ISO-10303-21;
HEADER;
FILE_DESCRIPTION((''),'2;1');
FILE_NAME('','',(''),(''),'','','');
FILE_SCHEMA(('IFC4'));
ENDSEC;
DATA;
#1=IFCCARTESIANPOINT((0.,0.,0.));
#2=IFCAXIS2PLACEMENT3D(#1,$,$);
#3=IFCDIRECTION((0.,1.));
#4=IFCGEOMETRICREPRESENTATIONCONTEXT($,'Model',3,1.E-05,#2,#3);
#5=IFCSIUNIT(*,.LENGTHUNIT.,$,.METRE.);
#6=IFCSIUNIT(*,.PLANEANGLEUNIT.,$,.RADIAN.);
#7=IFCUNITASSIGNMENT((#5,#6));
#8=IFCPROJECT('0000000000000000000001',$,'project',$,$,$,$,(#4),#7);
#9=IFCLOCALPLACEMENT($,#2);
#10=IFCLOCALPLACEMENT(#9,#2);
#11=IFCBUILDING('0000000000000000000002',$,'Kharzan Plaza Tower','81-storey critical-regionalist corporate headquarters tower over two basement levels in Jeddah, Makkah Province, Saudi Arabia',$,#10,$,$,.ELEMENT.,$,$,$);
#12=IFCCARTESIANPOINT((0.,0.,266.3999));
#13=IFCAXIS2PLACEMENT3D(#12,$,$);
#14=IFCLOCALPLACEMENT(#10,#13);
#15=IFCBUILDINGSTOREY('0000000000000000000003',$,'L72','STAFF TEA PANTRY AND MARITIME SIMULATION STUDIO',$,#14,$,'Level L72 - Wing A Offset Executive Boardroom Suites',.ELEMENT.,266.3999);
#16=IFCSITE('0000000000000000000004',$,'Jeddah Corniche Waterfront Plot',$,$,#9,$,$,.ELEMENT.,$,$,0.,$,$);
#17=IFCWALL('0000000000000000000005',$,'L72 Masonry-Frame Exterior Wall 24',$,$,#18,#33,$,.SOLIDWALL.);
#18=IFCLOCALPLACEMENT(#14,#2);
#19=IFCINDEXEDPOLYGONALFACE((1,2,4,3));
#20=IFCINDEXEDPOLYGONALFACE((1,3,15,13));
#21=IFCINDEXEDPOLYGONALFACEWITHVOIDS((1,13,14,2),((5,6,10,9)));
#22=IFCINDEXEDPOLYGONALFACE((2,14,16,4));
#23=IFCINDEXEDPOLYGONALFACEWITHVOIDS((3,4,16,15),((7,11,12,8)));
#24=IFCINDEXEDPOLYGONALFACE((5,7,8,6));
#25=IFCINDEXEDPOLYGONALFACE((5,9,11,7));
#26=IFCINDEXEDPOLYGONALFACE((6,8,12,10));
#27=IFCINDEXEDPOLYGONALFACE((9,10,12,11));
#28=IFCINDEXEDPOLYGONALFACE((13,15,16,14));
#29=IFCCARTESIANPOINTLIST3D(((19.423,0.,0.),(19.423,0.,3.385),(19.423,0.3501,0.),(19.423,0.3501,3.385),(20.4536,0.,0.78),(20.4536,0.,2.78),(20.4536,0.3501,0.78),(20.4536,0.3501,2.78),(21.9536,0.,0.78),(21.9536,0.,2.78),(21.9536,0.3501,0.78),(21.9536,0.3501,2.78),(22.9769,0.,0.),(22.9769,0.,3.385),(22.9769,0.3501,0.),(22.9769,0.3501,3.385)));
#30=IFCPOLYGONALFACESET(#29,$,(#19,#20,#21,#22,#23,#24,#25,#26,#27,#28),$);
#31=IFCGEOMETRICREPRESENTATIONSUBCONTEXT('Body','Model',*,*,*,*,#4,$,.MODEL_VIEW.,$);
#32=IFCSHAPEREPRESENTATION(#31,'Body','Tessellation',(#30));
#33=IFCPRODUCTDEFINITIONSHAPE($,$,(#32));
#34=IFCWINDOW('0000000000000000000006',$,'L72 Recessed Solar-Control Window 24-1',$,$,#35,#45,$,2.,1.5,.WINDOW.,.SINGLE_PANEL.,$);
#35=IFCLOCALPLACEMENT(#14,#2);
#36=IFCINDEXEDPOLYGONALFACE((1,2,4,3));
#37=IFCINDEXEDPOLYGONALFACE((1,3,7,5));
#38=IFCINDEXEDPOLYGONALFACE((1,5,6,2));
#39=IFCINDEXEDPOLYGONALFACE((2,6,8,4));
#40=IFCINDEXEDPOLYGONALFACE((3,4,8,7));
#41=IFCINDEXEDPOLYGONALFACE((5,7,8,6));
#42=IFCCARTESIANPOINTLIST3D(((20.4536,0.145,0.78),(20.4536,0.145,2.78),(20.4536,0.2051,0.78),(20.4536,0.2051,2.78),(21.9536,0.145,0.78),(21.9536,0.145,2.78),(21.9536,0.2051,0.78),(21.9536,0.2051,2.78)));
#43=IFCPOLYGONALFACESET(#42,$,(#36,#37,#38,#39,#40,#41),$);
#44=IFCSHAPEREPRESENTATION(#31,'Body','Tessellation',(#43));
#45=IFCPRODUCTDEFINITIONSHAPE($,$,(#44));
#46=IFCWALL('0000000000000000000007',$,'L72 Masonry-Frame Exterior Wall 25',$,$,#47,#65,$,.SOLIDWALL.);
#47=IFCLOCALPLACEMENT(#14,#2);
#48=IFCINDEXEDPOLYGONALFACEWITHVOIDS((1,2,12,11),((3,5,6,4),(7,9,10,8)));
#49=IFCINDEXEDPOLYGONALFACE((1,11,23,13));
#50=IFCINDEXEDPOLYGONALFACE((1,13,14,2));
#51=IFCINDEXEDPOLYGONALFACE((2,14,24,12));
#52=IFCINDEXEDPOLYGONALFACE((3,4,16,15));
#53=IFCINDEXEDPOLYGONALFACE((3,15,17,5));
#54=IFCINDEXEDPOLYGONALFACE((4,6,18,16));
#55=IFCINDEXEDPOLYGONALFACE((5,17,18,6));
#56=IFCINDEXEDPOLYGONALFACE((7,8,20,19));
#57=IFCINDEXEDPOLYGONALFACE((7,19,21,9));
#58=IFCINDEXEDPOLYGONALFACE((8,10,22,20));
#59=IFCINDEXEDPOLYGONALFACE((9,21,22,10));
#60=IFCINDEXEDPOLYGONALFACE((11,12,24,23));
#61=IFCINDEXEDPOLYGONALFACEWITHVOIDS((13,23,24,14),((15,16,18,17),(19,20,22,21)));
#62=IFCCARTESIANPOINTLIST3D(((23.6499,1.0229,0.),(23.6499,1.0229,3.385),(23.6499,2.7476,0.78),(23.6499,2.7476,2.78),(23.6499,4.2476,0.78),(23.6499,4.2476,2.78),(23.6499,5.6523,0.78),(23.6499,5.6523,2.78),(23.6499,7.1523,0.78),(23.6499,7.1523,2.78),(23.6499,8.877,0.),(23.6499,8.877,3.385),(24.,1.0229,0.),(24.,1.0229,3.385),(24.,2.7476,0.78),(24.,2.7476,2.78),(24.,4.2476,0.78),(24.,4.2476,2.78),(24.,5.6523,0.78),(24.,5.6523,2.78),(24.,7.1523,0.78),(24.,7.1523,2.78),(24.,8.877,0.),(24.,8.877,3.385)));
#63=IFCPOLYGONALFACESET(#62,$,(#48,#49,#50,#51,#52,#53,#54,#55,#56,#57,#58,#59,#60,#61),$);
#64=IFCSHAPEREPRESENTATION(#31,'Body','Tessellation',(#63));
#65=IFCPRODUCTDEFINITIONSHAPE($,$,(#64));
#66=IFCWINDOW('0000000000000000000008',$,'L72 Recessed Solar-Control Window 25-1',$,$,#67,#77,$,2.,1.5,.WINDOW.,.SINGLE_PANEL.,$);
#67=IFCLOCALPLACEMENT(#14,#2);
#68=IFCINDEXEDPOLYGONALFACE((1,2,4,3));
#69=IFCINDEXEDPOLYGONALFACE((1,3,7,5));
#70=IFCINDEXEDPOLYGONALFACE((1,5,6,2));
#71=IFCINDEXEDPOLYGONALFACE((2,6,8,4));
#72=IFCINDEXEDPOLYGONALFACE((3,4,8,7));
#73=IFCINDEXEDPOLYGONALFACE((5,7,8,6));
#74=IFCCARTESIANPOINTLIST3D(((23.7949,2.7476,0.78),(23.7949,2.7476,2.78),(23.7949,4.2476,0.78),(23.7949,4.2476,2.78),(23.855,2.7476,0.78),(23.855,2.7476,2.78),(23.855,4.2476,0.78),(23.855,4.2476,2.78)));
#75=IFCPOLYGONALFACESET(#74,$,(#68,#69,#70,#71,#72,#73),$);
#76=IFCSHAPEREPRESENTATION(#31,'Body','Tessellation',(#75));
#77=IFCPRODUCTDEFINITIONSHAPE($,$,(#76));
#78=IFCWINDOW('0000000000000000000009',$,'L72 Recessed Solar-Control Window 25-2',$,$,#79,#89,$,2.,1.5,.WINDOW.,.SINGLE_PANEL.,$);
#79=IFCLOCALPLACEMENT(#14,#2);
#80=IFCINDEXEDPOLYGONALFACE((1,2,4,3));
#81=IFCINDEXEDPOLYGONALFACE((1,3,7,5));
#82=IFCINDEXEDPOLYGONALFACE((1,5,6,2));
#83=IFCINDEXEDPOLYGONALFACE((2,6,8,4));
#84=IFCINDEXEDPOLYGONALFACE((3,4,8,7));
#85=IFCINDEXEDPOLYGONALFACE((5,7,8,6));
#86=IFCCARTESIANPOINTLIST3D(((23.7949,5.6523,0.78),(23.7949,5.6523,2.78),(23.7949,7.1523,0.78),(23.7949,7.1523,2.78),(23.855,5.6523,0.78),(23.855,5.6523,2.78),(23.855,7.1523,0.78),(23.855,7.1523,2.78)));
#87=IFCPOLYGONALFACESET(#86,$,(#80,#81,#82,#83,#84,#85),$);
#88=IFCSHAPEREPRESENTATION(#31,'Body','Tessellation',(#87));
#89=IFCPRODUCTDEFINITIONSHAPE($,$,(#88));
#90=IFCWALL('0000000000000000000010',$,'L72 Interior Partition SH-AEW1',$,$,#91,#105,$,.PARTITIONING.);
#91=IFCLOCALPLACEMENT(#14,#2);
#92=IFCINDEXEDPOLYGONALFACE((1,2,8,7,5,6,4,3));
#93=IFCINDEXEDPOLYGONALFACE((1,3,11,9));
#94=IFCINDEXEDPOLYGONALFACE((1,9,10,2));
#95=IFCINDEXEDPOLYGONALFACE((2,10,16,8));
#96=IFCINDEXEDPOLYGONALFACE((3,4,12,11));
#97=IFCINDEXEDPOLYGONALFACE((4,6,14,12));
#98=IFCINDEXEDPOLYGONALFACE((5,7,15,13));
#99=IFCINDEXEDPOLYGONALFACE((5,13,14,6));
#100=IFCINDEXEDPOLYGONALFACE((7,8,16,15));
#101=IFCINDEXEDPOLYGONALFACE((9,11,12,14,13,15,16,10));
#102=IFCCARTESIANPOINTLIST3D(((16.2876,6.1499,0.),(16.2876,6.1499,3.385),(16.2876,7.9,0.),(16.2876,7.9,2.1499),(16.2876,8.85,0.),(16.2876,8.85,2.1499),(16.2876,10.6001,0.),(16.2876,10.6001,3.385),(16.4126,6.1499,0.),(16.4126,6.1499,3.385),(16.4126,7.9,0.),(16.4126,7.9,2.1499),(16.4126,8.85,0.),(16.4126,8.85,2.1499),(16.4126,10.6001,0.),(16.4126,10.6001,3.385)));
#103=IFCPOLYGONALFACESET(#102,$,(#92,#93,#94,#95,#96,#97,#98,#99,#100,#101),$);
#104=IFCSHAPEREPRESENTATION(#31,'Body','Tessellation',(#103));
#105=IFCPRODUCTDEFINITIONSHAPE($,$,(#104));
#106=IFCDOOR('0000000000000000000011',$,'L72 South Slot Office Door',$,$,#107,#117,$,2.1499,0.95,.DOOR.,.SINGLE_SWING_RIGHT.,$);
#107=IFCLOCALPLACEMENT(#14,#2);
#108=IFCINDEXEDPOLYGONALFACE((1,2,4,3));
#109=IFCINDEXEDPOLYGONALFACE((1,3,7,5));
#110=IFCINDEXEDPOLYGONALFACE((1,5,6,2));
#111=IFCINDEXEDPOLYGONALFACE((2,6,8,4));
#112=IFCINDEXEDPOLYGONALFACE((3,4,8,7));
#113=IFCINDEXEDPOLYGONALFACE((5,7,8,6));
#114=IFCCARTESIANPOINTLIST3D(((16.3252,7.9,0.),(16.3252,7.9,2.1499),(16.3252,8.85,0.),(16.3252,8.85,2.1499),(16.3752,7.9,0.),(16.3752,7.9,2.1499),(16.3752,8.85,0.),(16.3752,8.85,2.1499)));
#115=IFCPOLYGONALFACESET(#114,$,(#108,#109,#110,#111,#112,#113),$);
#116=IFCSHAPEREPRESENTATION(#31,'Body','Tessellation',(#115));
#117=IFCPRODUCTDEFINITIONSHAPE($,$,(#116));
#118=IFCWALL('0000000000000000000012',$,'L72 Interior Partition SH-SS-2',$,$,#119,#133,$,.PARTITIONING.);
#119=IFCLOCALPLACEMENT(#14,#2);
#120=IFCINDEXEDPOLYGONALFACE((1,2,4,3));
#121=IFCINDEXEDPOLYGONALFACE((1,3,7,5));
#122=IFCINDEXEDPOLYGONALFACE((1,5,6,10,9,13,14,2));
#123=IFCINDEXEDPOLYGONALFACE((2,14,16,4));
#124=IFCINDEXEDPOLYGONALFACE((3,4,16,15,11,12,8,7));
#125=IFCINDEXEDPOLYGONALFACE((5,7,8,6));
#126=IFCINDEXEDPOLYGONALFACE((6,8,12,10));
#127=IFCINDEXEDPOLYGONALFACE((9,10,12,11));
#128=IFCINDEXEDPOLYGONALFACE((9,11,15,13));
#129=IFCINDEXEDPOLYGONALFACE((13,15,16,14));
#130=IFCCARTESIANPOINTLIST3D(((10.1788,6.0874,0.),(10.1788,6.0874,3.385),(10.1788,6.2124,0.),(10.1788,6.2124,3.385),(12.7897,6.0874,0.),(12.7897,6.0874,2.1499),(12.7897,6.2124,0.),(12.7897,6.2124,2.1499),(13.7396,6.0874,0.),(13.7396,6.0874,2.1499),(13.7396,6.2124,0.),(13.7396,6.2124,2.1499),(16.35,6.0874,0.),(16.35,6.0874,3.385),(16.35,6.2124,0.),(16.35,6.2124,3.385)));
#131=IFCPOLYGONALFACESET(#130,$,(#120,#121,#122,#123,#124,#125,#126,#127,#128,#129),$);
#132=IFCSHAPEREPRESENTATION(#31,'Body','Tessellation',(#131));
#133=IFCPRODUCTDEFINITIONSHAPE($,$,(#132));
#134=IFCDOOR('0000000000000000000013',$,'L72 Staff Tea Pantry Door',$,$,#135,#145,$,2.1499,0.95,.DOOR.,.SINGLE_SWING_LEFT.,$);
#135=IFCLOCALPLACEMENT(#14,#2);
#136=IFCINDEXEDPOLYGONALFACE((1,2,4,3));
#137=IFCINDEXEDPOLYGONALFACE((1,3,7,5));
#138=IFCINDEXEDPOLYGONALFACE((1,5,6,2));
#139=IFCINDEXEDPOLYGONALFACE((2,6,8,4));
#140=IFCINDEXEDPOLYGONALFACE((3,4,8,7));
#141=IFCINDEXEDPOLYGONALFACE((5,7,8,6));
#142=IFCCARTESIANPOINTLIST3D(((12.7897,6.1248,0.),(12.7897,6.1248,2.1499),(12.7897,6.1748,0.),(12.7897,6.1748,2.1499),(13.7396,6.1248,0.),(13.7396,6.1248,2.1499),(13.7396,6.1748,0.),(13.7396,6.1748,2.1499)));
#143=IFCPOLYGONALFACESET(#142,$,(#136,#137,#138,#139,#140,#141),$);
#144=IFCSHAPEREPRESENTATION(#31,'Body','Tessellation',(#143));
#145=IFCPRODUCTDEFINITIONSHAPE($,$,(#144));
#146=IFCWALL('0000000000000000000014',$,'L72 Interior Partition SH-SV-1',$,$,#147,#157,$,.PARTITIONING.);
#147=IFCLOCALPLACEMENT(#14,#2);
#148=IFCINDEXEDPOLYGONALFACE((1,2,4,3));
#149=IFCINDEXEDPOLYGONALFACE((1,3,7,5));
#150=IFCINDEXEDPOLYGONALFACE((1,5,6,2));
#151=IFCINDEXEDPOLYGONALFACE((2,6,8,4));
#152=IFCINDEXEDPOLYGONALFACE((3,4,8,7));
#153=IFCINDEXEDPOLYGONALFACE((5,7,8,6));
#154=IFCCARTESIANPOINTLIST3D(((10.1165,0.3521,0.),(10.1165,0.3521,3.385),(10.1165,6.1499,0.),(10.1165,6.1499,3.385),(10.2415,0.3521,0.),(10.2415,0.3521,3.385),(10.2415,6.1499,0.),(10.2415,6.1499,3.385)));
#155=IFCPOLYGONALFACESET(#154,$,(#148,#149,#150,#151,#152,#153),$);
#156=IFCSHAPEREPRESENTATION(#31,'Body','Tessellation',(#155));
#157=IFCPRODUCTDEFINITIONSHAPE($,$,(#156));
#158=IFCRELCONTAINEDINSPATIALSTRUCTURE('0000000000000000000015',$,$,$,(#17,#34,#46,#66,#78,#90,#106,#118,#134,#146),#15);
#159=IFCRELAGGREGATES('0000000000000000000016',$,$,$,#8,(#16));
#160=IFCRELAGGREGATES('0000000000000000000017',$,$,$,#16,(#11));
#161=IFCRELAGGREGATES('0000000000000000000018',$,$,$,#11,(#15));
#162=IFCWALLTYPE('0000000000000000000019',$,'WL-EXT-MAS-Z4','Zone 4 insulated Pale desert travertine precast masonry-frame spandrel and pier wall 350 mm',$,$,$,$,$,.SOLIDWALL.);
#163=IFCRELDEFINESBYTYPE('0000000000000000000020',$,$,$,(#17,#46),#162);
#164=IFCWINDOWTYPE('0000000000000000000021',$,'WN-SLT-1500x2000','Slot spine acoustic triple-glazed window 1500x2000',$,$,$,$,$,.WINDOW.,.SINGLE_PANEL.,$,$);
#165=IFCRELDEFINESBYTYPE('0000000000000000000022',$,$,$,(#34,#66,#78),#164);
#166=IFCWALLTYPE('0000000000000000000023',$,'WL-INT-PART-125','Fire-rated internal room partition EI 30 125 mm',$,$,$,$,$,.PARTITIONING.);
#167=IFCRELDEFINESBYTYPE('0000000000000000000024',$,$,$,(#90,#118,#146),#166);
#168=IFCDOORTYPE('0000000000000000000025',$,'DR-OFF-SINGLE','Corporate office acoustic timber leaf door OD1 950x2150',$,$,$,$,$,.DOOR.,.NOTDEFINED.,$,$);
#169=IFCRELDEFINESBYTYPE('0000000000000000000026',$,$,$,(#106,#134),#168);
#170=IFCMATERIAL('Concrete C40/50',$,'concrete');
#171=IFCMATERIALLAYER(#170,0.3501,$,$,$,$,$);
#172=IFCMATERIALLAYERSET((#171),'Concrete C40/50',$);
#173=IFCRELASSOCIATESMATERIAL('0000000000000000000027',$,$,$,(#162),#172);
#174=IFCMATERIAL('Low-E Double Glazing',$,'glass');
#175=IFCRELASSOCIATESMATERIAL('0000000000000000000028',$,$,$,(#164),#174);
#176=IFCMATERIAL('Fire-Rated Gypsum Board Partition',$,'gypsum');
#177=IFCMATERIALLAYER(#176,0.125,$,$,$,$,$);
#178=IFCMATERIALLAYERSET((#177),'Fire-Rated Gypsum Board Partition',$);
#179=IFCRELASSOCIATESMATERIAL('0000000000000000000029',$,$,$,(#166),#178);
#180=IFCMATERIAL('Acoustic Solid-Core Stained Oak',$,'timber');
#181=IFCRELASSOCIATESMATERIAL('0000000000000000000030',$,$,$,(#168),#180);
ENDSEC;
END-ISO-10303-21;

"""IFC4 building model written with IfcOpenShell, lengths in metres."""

from ifc_helpers import new_model, si_unit, direction, frame, frame_2d, origin, place, context, subcontext, project, spatial, rectangle, extrude, source, transform, mapped, material, layer, layer_set, type_object, element, fill, save


model = new_model("IFC4")

# Units and contexts
model_context = context("Model", 3, precision=1e-05, world=origin(), true_north=direction((0.0, 1.0)))
body_context = subcontext(model_context, "Body", "Model", "MODEL_VIEW")
ifc_project = project(units=[si_unit("LENGTHUNIT", "METRE"), si_unit("PLANEANGLEUNIT", "RADIAN")], contexts=[model_context])

# Site, building, storey
site_placement = place(None, origin())
site = spatial("IfcSite", under=ifc_project, at=site_placement, Name="Jeddah Corniche Waterfront Plot", CompositionType="ELEMENT", RefElevation=0.0)
building_placement = place(site_placement, origin())
building = spatial("IfcBuilding", under=site, at=building_placement, Name="Kharzan Plaza Tower", Description="81-storey critical-regionalist corporate headquarters tower over two basement levels in Jeddah, Makkah Province, Saudi Arabia", CompositionType="ELEMENT")
storey_placement = place(building_placement, frame((0.0, 0.0, 266.3999)))
storey = spatial("IfcBuildingStorey", under=building, at=storey_placement, Name="L72", Description="STAFF TEA PANTRY AND MARITIME SIMULATION STUDIO", LongName="Level L72 - Wing A Offset Executive Boardroom Suites", CompositionType="ELEMENT", Elevation=266.3999)

# Wall, opening, window
ifc_material_1 = material(Name="Concrete C40/50", Category="concrete")
ifc_layer_1 = layer(ifc_material_1, 0.3501)
ifc_layer_set_1 = layer_set([ifc_layer_1], Name="Concrete C40/50")
wall_type_1 = type_object("IfcWallType", Name="WL-EXT-MAS-Z4", Description="Zone 4 insulated Pale desert travertine precast masonry-frame spandrel and pier wall 350 mm", PredefinedType="SOLIDWALL", material=ifc_layer_set_1)
ifc_material_2 = material(Name="Low-E Double Glazing", Category="glass")
wall_1_placement = place(storey_placement, frame((19.4231, 0.175, 0.0), z_axis=(0.0, 0.0, 1.0), x_axis=(1.0, 0.0, 0.0)))
wall_1 = element("IfcWall", 1, at=wall_1_placement, inside=storey, type_object=wall_type_1, Name="L72 Masonry-Frame Exterior Wall 24", PredefinedType="SOLIDWALL", context=body_context, shape_type="SweptSolid", body=[
    extrude(rectangle(XDim=3.554, YDim=0.3501, at=frame_2d((1.7769, 0.0))), origin(), (0.0, 0.0, 1.0), 3.385),
])
opening_1_placement = place(wall_1_placement, frame((1.0305, 0.0, 0.78)))
opening_1 = element("IfcOpeningElement", 2, at=opening_1_placement, cuts=wall_1, PredefinedType="OPENING", context=body_context, shape_type="SweptSolid", body=[
    extrude(rectangle(XDim=1.5, YDim=2.0, at=frame_2d((0.75, 1.0))), frame((0.0, 0.1851, 0.0), z_axis=(0.0, -1.0, 0.0), x_axis=(1.0, 0.0, 0.0)), (0.0, 0.0, 1.0), 0.3701),
])
window_type_1 = type_object("IfcWindowType", Name="WN-SLT-1500x2000", Description="Slot spine acoustic triple-glazed window 1500x2000", PartitioningType="SINGLE_PANEL", PredefinedType="WINDOW", material=ifc_material_2)
shared_shape_1 = source(origin(), body_context, "Body", "SweptSolid", [
    extrude(rectangle(XDim=1.5, YDim=2.0, at=frame_2d((0.75, 1.0))), frame((0.0, 0.03, 0.0), z_axis=(0.0, -1.0, 0.0), x_axis=(1.0, 0.0, 0.0)), (0.0, 0.0, 1.0), 0.0601),
])
window_1_placement = place(opening_1_placement, origin())
window_1 = element("IfcWindow", 3, at=window_1_placement, inside=storey, type_object=window_type_1, Name="L72 Recessed Solar-Control Window 24-1", OverallHeight=2.0, OverallWidth=1.5, PartitioningType="SINGLE_PANEL", PredefinedType="WINDOW", context=body_context, shape_type="MappedRepresentation", body=[
    mapped(shared_shape_1, transform((0.0, 0.0, 0.0), x_axis=(1.0, 0.0, 0.0), y_axis=(0.0, 1.0, 0.0), z_axis=(0.0, 0.0, 1.0))),
])
fill(opening_1, window_1)

# Wall, openings, windows
wall_2_placement = place(storey_placement, frame((23.825, 1.0229, 0.0), z_axis=(0.0, 0.0, 1.0), x_axis=(0.0, 1.0, 0.0)))
wall_2 = element("IfcWall", 4, at=wall_2_placement, inside=storey, type_object=wall_type_1, Name="L72 Masonry-Frame Exterior Wall 25", PredefinedType="SOLIDWALL", context=body_context, shape_type="SweptSolid", body=[
    extrude(rectangle(XDim=7.854, YDim=0.3501, at=frame_2d((3.927, 0.0))), origin(), (0.0, 0.0, 1.0), 3.385),
])
opening_2_placement = place(wall_2_placement, frame((1.7246, 0.0, 0.78)))
opening_2 = element("IfcOpeningElement", 5, at=opening_2_placement, cuts=wall_2, PredefinedType="OPENING", context=body_context, shape_type="SweptSolid", body=[
    extrude(rectangle(XDim=1.5, YDim=2.0, at=frame_2d((0.75, 1.0))), frame((0.0, 0.1851, 0.0), z_axis=(0.0, -1.0, 0.0), x_axis=(1.0, 0.0, 0.0)), (0.0, 0.0, 1.0), 0.3701),
])
opening_3_placement = place(wall_2_placement, frame((4.6294, 0.0, 0.78)))
opening_3 = element("IfcOpeningElement", 6, at=opening_3_placement, cuts=wall_2, PredefinedType="OPENING", context=body_context, shape_type="SweptSolid", body=[
    extrude(rectangle(XDim=1.5, YDim=2.0, at=frame_2d((0.75, 1.0))), frame((0.0, 0.1851, 0.0), z_axis=(0.0, -1.0, 0.0), x_axis=(1.0, 0.0, 0.0)), (0.0, 0.0, 1.0), 0.3701),
])
window_2_placement = place(opening_2_placement, origin())
window_2 = element("IfcWindow", 7, at=window_2_placement, inside=storey, type_object=window_type_1, Name="L72 Recessed Solar-Control Window 25-1", OverallHeight=2.0, OverallWidth=1.5, PartitioningType="SINGLE_PANEL", PredefinedType="WINDOW", context=body_context, shape_type="MappedRepresentation", body=[
    mapped(shared_shape_1, transform((0.0, 0.0, 0.0), x_axis=(1.0, 0.0, 0.0), y_axis=(0.0, 1.0, 0.0), z_axis=(0.0, 0.0, 1.0))),
])
fill(opening_2, window_2)
window_3_placement = place(opening_3_placement, origin())
window_3 = element("IfcWindow", 8, at=window_3_placement, inside=storey, type_object=window_type_1, Name="L72 Recessed Solar-Control Window 25-2", OverallHeight=2.0, OverallWidth=1.5, PartitioningType="SINGLE_PANEL", PredefinedType="WINDOW", context=body_context, shape_type="MappedRepresentation", body=[
    mapped(shared_shape_1, transform((0.0, 0.0, 0.0), x_axis=(1.0, 0.0, 0.0), y_axis=(0.0, 1.0, 0.0), z_axis=(0.0, 0.0, 1.0))),
])
fill(opening_3, window_3)

# Walls, openings, doors
ifc_material_3 = material(Name="Fire-Rated Gypsum Board Partition", Category="gypsum")
ifc_layer_2 = layer(ifc_material_3, 0.125)
ifc_layer_set_2 = layer_set([ifc_layer_2], Name="Fire-Rated Gypsum Board Partition")
wall_type_2 = type_object("IfcWallType", Name="WL-INT-PART-125", Description="Fire-rated internal room partition EI 30 125 mm", PredefinedType="PARTITIONING", material=ifc_layer_set_2)
wall_3_placement = place(storey_placement, frame((16.3501, 6.1499, 0.0), z_axis=(0.0, 0.0, 1.0), x_axis=(0.0, 1.0, 0.0)))
wall_3 = element("IfcWall", 9, at=wall_3_placement, inside=storey, type_object=wall_type_2, Name="L72 Interior Partition SH-AEW1", PredefinedType="PARTITIONING", context=body_context, shape_type="SweptSolid", body=[
    extrude(rectangle(XDim=4.4502, YDim=0.125, at=frame_2d((2.2251, 0.0))), origin(), (0.0, 0.0, 1.0), 3.385),
])
opening_4_placement = place(wall_3_placement, frame((1.75, 0.0, 0.0)))
opening_4 = element("IfcOpeningElement", 10, at=opening_4_placement, cuts=wall_3, PredefinedType="OPENING", context=body_context, shape_type="SweptSolid", body=[
    extrude(rectangle(XDim=0.95, YDim=2.1499, at=frame_2d((0.4751, 1.075))), frame((0.0, 0.0725, 0.0), z_axis=(0.0, -1.0, 0.0), x_axis=(1.0, 0.0, 0.0)), (0.0, 0.0, 1.0), 0.145),
])
ifc_material_4 = material(Name="Acoustic Solid-Core Stained Oak", Category="timber")
door_type = type_object("IfcDoorType", Name="DR-OFF-SINGLE", Description="Corporate office acoustic timber leaf door OD1 950x2150", OperationType="NOTDEFINED", PredefinedType="DOOR", material=ifc_material_4)
shared_shape_2 = source(origin(), body_context, "Body", "SweptSolid", [
    extrude(rectangle(XDim=0.95, YDim=2.1499, at=frame_2d((0.4751, 1.075))), frame((0.0, 0.0249, 0.0), z_axis=(0.0, -1.0, 0.0), x_axis=(1.0, 0.0, 0.0)), (0.0, 0.0, 1.0), 0.05),
])
door_1_placement = place(opening_4_placement, origin())
door_1 = element("IfcDoor", 11, at=door_1_placement, inside=storey, type_object=door_type, Name="L72 South Slot Office Door", OperationType="SINGLE_SWING_RIGHT", OverallHeight=2.1499, OverallWidth=0.95, PredefinedType="DOOR", context=body_context, shape_type="MappedRepresentation", body=[
    mapped(shared_shape_2, transform((0.0, 0.0, 0.0), x_axis=(1.0, 0.0, 0.0), y_axis=(0.0, 1.0, 0.0), z_axis=(0.0, 0.0, 1.0))),
])
fill(opening_4, door_1)
wall_4_placement = place(storey_placement, frame((10.179, 6.1499, 0.0), z_axis=(0.0, 0.0, 1.0), x_axis=(1.0, 0.0, 0.0)))
wall_4 = element("IfcWall", 12, at=wall_4_placement, inside=storey, type_object=wall_type_2, Name="L72 Interior Partition SH-SS-2", PredefinedType="PARTITIONING", context=body_context, shape_type="SweptSolid", body=[
    extrude(rectangle(XDim=6.1711, YDim=0.125, at=frame_2d((3.0854, 0.0))), origin(), (0.0, 0.0, 1.0), 3.385),
])
opening_5_placement = place(wall_4_placement, frame((2.6106, 0.0, 0.0)))
opening_5 = element("IfcOpeningElement", 13, at=opening_5_placement, cuts=wall_4, PredefinedType="OPENING", context=body_context, shape_type="SweptSolid", body=[
    extrude(rectangle(XDim=0.95, YDim=2.1499, at=frame_2d((0.4751, 1.075))), frame((0.0, 0.0725, 0.0), z_axis=(0.0, -1.0, 0.0), x_axis=(1.0, 0.0, 0.0)), (0.0, 0.0, 1.0), 0.145),
])
door_2_placement = place(opening_5_placement, origin())
door_2 = element("IfcDoor", 14, at=door_2_placement, inside=storey, type_object=door_type, Name="L72 Staff Tea Pantry Door", OperationType="SINGLE_SWING_LEFT", OverallHeight=2.1499, OverallWidth=0.95, PredefinedType="DOOR", context=body_context, shape_type="MappedRepresentation", body=[
    mapped(shared_shape_2, transform((0.0, 0.0, 0.0), x_axis=(1.0, 0.0, 0.0), y_axis=(0.0, 1.0, 0.0), z_axis=(0.0, 0.0, 1.0))),
])
fill(opening_5, door_2)

# Wall
shared_shape_3 = source(origin(), body_context, "Body", "SweptSolid", [
    extrude(rectangle(XDim=5.7979, YDim=0.125, at=frame_2d((2.8989, 0.0))), origin(), (0.0, 0.0, 1.0), 3.385),
])
wall_5_placement = place(storey_placement, frame((10.179, 0.3521, 0.0), z_axis=(0.0, 0.0, 1.0), x_axis=(0.0, 1.0, 0.0)))
element("IfcWall", 15, at=wall_5_placement, inside=storey, type_object=wall_type_2, Name="L72 Interior Partition SH-SV-1", PredefinedType="PARTITIONING", context=body_context, shape_type="MappedRepresentation", body=[
    mapped(shared_shape_3, transform((0.0, 0.0, 0.0), x_axis=(1.0, 0.0, 0.0), y_axis=(0.0, 1.0, 0.0), z_axis=(0.0, 0.0, 1.0))),
])

save(model, "model.ifc")
